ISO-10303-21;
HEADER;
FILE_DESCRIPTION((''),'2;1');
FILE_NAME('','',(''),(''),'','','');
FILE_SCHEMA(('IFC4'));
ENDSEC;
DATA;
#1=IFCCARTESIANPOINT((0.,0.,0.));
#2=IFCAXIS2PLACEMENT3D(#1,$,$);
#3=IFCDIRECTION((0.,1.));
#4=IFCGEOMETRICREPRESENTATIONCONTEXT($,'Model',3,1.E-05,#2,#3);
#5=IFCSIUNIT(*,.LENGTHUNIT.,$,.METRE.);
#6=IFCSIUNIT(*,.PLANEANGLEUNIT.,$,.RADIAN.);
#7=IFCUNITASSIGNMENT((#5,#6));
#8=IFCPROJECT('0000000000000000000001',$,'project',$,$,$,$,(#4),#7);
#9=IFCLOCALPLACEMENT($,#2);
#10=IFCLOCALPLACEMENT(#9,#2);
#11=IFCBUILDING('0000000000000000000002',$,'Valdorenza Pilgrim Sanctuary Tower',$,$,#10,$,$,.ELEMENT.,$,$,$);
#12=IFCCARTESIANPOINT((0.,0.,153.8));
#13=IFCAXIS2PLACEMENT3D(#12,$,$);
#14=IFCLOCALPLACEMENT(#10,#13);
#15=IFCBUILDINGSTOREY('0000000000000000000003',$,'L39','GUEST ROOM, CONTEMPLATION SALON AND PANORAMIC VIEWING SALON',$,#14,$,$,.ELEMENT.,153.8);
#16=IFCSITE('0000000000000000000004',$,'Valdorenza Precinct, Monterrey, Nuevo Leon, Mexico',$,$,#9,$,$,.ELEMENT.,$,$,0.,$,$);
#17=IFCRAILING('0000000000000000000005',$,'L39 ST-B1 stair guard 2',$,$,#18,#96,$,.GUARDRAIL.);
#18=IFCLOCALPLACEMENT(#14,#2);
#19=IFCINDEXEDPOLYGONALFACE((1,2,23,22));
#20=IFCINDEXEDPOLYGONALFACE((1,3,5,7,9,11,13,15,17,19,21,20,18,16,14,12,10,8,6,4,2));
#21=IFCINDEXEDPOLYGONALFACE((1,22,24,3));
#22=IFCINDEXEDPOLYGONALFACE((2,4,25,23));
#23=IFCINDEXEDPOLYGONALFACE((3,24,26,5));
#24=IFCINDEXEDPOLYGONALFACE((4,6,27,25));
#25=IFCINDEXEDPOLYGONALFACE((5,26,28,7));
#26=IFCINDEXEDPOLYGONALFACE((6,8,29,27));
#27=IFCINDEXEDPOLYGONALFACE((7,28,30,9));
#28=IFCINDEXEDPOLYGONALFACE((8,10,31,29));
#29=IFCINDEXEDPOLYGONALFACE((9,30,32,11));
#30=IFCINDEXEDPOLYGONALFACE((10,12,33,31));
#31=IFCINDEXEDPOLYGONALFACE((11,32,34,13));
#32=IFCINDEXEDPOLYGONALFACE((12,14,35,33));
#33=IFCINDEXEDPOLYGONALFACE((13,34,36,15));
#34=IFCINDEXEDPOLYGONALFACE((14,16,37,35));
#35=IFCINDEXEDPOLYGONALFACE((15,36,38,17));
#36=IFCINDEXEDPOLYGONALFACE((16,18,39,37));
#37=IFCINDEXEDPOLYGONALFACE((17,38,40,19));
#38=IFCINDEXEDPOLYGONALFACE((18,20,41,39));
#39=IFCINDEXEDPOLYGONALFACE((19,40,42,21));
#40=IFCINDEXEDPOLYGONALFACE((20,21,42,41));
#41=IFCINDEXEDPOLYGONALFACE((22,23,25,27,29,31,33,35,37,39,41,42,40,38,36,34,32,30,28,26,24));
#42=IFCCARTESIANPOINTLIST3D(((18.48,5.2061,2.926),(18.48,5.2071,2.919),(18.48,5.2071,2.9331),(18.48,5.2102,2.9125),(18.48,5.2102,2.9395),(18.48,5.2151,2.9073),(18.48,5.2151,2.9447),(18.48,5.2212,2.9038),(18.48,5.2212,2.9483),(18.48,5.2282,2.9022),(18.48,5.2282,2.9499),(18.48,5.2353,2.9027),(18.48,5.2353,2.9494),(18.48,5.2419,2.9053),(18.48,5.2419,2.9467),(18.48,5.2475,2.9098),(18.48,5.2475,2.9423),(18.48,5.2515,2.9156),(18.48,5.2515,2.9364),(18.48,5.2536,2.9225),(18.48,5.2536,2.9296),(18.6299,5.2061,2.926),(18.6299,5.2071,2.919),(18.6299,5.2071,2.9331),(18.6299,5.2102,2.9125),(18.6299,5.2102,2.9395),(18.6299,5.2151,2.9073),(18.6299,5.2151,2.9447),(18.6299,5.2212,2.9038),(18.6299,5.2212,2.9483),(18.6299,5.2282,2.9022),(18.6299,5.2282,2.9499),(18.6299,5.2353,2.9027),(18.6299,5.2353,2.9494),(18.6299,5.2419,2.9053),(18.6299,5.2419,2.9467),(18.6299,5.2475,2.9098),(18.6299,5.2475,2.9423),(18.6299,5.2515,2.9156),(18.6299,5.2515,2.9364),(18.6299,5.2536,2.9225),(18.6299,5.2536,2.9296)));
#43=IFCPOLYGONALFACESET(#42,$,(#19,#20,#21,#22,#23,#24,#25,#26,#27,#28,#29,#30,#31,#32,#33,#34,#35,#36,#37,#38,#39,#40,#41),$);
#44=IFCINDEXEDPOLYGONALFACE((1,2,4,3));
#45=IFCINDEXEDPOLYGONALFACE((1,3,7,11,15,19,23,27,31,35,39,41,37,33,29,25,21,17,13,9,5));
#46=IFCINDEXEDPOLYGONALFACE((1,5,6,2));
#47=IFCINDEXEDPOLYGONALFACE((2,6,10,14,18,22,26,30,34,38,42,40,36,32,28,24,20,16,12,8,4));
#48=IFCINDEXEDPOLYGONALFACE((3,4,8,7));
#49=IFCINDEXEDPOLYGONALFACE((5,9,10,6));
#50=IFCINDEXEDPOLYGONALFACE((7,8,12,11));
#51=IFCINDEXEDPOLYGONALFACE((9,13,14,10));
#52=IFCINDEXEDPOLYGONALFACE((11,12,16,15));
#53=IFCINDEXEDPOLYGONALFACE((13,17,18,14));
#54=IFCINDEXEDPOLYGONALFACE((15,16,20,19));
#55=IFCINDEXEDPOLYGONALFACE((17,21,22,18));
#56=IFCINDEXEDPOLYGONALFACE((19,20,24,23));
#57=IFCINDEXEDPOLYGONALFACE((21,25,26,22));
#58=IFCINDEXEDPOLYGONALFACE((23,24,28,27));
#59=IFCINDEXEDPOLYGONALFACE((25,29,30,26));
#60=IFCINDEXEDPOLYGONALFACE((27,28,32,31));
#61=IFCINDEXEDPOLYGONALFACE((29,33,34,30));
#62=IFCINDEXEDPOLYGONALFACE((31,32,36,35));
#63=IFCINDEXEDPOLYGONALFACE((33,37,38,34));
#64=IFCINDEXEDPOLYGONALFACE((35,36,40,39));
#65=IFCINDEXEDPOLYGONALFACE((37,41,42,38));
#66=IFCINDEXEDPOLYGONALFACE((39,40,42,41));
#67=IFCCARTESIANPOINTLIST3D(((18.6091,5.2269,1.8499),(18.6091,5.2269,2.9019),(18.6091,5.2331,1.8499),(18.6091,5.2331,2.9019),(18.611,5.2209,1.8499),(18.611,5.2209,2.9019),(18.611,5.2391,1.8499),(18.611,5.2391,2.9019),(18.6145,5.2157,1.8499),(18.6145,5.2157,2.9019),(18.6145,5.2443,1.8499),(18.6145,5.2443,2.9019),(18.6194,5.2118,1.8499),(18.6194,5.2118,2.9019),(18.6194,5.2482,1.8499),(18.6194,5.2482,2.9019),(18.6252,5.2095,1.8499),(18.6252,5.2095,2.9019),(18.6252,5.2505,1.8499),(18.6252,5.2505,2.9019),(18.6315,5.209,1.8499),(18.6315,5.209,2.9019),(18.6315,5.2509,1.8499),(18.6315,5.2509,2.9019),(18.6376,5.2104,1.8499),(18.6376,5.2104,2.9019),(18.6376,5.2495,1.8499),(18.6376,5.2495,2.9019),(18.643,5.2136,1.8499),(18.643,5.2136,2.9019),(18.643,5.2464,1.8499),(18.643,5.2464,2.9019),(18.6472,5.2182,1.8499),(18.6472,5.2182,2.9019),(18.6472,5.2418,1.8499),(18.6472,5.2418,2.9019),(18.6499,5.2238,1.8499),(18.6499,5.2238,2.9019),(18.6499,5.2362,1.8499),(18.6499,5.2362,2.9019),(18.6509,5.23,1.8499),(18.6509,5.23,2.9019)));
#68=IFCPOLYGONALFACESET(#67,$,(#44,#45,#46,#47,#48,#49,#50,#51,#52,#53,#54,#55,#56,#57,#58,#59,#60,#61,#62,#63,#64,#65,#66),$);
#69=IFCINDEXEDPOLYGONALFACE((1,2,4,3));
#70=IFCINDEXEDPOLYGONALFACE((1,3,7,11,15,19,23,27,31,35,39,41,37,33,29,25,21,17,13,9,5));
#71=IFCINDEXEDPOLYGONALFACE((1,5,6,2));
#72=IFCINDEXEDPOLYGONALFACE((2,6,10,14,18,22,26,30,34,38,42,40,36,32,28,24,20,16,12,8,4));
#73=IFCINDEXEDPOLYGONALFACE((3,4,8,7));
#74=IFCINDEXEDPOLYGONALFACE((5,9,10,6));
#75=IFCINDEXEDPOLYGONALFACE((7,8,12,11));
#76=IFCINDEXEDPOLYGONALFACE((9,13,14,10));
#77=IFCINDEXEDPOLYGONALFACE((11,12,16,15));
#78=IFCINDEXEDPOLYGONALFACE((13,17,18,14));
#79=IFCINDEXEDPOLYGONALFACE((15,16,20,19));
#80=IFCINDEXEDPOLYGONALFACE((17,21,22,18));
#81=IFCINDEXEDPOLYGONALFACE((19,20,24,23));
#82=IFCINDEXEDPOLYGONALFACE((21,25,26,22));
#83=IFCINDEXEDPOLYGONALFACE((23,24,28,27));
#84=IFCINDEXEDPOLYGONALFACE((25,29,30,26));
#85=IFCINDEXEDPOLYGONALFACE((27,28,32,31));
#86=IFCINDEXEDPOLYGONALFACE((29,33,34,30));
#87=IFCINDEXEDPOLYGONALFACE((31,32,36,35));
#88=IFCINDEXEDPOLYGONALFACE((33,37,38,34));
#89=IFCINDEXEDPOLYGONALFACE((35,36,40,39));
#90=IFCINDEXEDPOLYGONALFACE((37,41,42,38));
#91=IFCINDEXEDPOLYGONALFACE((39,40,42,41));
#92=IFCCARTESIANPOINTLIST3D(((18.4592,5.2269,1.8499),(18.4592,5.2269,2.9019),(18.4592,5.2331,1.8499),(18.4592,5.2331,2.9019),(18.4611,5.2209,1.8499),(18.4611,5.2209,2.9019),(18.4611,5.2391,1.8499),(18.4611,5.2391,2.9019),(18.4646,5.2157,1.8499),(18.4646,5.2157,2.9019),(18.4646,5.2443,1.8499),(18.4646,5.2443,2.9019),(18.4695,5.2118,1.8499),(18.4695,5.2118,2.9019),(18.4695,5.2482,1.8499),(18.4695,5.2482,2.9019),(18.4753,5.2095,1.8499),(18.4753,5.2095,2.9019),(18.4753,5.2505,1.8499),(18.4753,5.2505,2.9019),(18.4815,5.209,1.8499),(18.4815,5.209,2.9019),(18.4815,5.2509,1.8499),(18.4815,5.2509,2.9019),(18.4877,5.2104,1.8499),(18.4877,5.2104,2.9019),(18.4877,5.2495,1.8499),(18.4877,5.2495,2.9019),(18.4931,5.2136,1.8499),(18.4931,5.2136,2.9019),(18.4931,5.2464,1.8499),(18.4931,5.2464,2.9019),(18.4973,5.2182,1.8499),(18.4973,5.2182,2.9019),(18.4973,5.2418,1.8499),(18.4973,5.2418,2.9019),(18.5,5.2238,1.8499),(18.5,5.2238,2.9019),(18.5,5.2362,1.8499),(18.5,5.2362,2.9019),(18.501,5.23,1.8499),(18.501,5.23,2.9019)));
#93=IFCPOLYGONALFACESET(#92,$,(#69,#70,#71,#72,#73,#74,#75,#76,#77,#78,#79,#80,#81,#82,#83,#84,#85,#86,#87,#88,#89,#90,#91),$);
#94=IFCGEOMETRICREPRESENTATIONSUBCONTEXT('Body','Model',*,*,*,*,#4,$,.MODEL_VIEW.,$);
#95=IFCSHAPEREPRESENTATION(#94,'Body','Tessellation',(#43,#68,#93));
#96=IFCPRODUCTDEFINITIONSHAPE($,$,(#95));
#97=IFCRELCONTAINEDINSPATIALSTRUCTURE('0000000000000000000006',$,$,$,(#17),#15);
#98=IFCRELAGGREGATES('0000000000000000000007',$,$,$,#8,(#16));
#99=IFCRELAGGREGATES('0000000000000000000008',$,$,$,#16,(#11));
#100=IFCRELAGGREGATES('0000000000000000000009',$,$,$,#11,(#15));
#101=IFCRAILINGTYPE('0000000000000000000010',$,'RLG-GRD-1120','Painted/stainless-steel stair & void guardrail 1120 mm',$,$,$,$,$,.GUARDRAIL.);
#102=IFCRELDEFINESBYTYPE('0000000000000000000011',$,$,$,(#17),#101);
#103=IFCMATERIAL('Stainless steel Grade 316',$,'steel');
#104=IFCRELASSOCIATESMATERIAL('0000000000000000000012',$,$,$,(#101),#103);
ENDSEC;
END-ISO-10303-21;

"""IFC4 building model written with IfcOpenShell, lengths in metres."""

from ifc_helpers import new_model, si_unit, direction, frame, origin, origin_2d, place, context, subcontext, project, spatial, circle, extrude, material, type_object, element, save


model = new_model("IFC4")

# Units and contexts
model_context = context("Model", 3, precision=1e-05, world=origin(), true_north=direction((0.0, 1.0)))
body_context = subcontext(model_context, "Body", "Model", "MODEL_VIEW")
ifc_project = project(units=[si_unit("LENGTHUNIT", "METRE"), si_unit("PLANEANGLEUNIT", "RADIAN")], contexts=[model_context])

# Site, building, storey
site_placement = place(None, origin())
site = spatial("IfcSite", under=ifc_project, at=site_placement, Name="Valdorenza Precinct, Monterrey, Nuevo Leon, Mexico", CompositionType="ELEMENT", RefElevation=0.0)
building_placement = place(site_placement, origin())
building = spatial("IfcBuilding", under=site, at=building_placement, Name="Valdorenza Pilgrim Sanctuary Tower", CompositionType="ELEMENT")
storey_placement = place(building_placement, frame((0.0, 0.0, 153.8)))
storey = spatial("IfcBuildingStorey", under=building, at=storey_placement, Name="L39", Description="GUEST ROOM, CONTEMPLATION SALON AND PANORAMIC VIEWING SALON", CompositionType="ELEMENT", Elevation=153.8)

# Railing
ifc_material_1 = material(Name="Stainless steel Grade 316", Category="steel")
railing_type_1 = type_object("IfcRailingType", Name="RLG-GRD-1120", Description="Painted/stainless-steel stair & void guardrail 1120 mm", PredefinedType="GUARDRAIL", material=ifc_material_1)
railing_1_placement = place(storey_placement, frame((18.6299, 5.23, 1.8499)))
element("IfcRailing", 1, at=railing_1_placement, inside=storey, type_object=railing_type_1, Name="L39 ST-B1 stair guard 2", PredefinedType="GUARDRAIL", context=body_context, shape_type="SweptSolid", body=[
    extrude(circle(Radius=0.0239, at=origin_2d()), frame((0.0, 0.0, 1.0762), z_axis=(-1.0, 0.0, 0.0), x_axis=(0.0, -1.0, 0.0)), (0.0, 0.0, 1.0), 0.1499),
    extrude(circle(Radius=0.021, at=origin_2d()), origin(), (0.0, 0.0, 1.0), 1.052),
    extrude(circle(Radius=0.021, at=origin_2d()), frame((-0.1499, 0.0, 0.0)), (0.0, 0.0, 1.0), 1.052),
])

save(model, "model.ifc")
